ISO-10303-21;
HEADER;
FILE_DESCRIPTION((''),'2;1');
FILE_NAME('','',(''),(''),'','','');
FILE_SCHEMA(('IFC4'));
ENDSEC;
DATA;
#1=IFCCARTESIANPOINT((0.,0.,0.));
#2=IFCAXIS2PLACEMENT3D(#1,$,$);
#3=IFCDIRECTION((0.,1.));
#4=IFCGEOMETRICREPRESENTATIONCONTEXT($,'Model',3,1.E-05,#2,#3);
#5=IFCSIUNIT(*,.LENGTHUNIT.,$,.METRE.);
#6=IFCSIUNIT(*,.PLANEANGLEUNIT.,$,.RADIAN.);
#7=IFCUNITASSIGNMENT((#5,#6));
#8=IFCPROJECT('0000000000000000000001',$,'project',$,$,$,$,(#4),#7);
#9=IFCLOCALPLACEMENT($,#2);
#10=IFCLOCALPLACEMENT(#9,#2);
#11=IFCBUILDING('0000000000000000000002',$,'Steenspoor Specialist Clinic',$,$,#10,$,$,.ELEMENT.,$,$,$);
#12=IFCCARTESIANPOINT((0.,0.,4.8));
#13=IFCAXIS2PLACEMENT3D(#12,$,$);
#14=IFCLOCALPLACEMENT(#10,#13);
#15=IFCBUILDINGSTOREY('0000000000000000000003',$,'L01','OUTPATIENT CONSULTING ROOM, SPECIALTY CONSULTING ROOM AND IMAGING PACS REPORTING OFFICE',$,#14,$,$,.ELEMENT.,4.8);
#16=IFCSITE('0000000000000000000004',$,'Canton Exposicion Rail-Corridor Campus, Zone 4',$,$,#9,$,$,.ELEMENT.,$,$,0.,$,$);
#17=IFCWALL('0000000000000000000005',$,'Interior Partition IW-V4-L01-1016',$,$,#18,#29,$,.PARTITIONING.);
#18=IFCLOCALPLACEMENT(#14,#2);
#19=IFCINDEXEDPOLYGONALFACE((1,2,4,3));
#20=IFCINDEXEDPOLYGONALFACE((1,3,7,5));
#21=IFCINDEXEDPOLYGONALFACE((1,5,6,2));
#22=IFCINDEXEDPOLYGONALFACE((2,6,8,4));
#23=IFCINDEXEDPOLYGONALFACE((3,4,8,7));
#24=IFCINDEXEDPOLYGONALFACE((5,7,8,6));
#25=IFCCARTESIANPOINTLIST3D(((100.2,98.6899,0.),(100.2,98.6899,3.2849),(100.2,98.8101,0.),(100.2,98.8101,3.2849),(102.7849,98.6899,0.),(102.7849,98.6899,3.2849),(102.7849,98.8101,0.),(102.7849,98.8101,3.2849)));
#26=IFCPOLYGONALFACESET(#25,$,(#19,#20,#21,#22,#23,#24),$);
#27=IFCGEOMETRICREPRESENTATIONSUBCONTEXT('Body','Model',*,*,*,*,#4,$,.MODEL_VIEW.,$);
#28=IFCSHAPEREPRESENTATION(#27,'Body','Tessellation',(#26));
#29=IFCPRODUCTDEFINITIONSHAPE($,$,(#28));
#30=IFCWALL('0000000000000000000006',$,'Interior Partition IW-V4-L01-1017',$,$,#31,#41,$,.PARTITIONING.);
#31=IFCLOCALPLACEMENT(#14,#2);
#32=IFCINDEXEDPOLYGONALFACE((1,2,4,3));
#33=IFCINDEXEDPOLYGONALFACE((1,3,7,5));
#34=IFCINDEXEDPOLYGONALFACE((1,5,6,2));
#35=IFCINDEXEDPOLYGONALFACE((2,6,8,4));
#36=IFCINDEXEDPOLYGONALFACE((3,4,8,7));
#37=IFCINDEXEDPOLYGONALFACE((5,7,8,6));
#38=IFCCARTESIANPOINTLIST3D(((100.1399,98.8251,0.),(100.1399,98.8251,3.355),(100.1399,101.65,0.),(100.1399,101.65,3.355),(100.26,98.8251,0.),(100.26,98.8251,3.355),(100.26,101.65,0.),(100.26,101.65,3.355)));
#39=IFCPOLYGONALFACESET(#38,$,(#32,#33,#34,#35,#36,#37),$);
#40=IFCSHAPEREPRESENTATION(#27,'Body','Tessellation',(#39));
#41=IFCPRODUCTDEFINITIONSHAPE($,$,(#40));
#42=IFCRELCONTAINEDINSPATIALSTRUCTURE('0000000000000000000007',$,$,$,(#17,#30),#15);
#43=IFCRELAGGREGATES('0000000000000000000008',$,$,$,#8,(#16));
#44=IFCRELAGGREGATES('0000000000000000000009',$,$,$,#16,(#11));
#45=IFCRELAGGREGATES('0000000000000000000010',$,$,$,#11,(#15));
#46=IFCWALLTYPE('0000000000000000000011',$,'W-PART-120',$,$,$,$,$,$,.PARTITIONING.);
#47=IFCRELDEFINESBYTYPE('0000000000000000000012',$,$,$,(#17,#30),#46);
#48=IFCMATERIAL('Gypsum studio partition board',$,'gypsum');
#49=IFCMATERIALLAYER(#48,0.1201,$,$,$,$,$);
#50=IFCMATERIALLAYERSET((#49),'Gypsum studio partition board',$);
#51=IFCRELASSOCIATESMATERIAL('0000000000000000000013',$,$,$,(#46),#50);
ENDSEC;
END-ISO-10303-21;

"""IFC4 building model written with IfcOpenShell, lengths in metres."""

from ifc_helpers import new_model, si_unit, direction, frame, frame_2d, origin, place, context, subcontext, project, spatial, rectangle, extrude, material, layer, layer_set, type_object, element, save


model = new_model("IFC4")

# Units and contexts
model_context = context("Model", 3, precision=1e-05, world=origin(), true_north=direction((0.0, 1.0)))
body_context = subcontext(model_context, "Body", "Model", "MODEL_VIEW")
ifc_project = project(units=[si_unit("LENGTHUNIT", "METRE"), si_unit("PLANEANGLEUNIT", "RADIAN")], contexts=[model_context])

# Site, building, storey
site_placement = place(None, origin())
site = spatial("IfcSite", under=ifc_project, at=site_placement, Name="Canton Exposicion Rail-Corridor Campus, Zone 4", CompositionType="ELEMENT", RefElevation=0.0)
building_placement = place(site_placement, origin())
building = spatial("IfcBuilding", under=site, at=building_placement, Name="Steenspoor Specialist Clinic", CompositionType="ELEMENT")
storey_placement = place(building_placement, frame((0.0, 0.0, 4.8)))
storey = spatial("IfcBuildingStorey", under=building, at=storey_placement, Name="L01", Description="OUTPATIENT CONSULTING ROOM, SPECIALTY CONSULTING ROOM AND IMAGING PACS REPORTING OFFICE", CompositionType="ELEMENT", Elevation=4.8)

# Walls
ifc_material_1 = material(Name="Gypsum studio partition board", Category="gypsum")
ifc_layer_1 = layer(ifc_material_1, 0.1201)
ifc_layer_set_1 = layer_set([ifc_layer_1], Name="Gypsum studio partition board")
wall_type_1 = type_object("IfcWallType", Name="W-PART-120", PredefinedType="PARTITIONING", material=ifc_layer_set_1)
wall_1_placement = place(storey_placement, frame((100.2, 98.75, 0.0), z_axis=(0.0, 0.0, 1.0), x_axis=(1.0, 0.0, 0.0)))
element("IfcWall", 1, at=wall_1_placement, inside=storey, type_object=wall_type_1, Name="Interior Partition IW-V4-L01-1016", PredefinedType="PARTITIONING", context=body_context, shape_type="SweptSolid", body=[
    extrude(rectangle(XDim=2.585, YDim=0.1201, at=frame_2d((1.2925, 0.0))), origin(), (0.0, 0.0, 1.0), 3.2849),
])
wall_2_placement = place(storey_placement, frame((100.2, 98.825, 0.0), z_axis=(0.0, 0.0, 1.0), x_axis=(0.0, 1.0, 0.0)))
element("IfcWall", 2, at=wall_2_placement, inside=storey, type_object=wall_type_1, Name="Interior Partition IW-V4-L01-1017", PredefinedType="PARTITIONING", context=body_context, shape_type="SweptSolid", body=[
    extrude(rectangle(XDim=2.825, YDim=0.1201, at=frame_2d((1.4126, 0.0))), origin(), (0.0, 0.0, 1.0), 3.355),
])

save(model, "model.ifc")
